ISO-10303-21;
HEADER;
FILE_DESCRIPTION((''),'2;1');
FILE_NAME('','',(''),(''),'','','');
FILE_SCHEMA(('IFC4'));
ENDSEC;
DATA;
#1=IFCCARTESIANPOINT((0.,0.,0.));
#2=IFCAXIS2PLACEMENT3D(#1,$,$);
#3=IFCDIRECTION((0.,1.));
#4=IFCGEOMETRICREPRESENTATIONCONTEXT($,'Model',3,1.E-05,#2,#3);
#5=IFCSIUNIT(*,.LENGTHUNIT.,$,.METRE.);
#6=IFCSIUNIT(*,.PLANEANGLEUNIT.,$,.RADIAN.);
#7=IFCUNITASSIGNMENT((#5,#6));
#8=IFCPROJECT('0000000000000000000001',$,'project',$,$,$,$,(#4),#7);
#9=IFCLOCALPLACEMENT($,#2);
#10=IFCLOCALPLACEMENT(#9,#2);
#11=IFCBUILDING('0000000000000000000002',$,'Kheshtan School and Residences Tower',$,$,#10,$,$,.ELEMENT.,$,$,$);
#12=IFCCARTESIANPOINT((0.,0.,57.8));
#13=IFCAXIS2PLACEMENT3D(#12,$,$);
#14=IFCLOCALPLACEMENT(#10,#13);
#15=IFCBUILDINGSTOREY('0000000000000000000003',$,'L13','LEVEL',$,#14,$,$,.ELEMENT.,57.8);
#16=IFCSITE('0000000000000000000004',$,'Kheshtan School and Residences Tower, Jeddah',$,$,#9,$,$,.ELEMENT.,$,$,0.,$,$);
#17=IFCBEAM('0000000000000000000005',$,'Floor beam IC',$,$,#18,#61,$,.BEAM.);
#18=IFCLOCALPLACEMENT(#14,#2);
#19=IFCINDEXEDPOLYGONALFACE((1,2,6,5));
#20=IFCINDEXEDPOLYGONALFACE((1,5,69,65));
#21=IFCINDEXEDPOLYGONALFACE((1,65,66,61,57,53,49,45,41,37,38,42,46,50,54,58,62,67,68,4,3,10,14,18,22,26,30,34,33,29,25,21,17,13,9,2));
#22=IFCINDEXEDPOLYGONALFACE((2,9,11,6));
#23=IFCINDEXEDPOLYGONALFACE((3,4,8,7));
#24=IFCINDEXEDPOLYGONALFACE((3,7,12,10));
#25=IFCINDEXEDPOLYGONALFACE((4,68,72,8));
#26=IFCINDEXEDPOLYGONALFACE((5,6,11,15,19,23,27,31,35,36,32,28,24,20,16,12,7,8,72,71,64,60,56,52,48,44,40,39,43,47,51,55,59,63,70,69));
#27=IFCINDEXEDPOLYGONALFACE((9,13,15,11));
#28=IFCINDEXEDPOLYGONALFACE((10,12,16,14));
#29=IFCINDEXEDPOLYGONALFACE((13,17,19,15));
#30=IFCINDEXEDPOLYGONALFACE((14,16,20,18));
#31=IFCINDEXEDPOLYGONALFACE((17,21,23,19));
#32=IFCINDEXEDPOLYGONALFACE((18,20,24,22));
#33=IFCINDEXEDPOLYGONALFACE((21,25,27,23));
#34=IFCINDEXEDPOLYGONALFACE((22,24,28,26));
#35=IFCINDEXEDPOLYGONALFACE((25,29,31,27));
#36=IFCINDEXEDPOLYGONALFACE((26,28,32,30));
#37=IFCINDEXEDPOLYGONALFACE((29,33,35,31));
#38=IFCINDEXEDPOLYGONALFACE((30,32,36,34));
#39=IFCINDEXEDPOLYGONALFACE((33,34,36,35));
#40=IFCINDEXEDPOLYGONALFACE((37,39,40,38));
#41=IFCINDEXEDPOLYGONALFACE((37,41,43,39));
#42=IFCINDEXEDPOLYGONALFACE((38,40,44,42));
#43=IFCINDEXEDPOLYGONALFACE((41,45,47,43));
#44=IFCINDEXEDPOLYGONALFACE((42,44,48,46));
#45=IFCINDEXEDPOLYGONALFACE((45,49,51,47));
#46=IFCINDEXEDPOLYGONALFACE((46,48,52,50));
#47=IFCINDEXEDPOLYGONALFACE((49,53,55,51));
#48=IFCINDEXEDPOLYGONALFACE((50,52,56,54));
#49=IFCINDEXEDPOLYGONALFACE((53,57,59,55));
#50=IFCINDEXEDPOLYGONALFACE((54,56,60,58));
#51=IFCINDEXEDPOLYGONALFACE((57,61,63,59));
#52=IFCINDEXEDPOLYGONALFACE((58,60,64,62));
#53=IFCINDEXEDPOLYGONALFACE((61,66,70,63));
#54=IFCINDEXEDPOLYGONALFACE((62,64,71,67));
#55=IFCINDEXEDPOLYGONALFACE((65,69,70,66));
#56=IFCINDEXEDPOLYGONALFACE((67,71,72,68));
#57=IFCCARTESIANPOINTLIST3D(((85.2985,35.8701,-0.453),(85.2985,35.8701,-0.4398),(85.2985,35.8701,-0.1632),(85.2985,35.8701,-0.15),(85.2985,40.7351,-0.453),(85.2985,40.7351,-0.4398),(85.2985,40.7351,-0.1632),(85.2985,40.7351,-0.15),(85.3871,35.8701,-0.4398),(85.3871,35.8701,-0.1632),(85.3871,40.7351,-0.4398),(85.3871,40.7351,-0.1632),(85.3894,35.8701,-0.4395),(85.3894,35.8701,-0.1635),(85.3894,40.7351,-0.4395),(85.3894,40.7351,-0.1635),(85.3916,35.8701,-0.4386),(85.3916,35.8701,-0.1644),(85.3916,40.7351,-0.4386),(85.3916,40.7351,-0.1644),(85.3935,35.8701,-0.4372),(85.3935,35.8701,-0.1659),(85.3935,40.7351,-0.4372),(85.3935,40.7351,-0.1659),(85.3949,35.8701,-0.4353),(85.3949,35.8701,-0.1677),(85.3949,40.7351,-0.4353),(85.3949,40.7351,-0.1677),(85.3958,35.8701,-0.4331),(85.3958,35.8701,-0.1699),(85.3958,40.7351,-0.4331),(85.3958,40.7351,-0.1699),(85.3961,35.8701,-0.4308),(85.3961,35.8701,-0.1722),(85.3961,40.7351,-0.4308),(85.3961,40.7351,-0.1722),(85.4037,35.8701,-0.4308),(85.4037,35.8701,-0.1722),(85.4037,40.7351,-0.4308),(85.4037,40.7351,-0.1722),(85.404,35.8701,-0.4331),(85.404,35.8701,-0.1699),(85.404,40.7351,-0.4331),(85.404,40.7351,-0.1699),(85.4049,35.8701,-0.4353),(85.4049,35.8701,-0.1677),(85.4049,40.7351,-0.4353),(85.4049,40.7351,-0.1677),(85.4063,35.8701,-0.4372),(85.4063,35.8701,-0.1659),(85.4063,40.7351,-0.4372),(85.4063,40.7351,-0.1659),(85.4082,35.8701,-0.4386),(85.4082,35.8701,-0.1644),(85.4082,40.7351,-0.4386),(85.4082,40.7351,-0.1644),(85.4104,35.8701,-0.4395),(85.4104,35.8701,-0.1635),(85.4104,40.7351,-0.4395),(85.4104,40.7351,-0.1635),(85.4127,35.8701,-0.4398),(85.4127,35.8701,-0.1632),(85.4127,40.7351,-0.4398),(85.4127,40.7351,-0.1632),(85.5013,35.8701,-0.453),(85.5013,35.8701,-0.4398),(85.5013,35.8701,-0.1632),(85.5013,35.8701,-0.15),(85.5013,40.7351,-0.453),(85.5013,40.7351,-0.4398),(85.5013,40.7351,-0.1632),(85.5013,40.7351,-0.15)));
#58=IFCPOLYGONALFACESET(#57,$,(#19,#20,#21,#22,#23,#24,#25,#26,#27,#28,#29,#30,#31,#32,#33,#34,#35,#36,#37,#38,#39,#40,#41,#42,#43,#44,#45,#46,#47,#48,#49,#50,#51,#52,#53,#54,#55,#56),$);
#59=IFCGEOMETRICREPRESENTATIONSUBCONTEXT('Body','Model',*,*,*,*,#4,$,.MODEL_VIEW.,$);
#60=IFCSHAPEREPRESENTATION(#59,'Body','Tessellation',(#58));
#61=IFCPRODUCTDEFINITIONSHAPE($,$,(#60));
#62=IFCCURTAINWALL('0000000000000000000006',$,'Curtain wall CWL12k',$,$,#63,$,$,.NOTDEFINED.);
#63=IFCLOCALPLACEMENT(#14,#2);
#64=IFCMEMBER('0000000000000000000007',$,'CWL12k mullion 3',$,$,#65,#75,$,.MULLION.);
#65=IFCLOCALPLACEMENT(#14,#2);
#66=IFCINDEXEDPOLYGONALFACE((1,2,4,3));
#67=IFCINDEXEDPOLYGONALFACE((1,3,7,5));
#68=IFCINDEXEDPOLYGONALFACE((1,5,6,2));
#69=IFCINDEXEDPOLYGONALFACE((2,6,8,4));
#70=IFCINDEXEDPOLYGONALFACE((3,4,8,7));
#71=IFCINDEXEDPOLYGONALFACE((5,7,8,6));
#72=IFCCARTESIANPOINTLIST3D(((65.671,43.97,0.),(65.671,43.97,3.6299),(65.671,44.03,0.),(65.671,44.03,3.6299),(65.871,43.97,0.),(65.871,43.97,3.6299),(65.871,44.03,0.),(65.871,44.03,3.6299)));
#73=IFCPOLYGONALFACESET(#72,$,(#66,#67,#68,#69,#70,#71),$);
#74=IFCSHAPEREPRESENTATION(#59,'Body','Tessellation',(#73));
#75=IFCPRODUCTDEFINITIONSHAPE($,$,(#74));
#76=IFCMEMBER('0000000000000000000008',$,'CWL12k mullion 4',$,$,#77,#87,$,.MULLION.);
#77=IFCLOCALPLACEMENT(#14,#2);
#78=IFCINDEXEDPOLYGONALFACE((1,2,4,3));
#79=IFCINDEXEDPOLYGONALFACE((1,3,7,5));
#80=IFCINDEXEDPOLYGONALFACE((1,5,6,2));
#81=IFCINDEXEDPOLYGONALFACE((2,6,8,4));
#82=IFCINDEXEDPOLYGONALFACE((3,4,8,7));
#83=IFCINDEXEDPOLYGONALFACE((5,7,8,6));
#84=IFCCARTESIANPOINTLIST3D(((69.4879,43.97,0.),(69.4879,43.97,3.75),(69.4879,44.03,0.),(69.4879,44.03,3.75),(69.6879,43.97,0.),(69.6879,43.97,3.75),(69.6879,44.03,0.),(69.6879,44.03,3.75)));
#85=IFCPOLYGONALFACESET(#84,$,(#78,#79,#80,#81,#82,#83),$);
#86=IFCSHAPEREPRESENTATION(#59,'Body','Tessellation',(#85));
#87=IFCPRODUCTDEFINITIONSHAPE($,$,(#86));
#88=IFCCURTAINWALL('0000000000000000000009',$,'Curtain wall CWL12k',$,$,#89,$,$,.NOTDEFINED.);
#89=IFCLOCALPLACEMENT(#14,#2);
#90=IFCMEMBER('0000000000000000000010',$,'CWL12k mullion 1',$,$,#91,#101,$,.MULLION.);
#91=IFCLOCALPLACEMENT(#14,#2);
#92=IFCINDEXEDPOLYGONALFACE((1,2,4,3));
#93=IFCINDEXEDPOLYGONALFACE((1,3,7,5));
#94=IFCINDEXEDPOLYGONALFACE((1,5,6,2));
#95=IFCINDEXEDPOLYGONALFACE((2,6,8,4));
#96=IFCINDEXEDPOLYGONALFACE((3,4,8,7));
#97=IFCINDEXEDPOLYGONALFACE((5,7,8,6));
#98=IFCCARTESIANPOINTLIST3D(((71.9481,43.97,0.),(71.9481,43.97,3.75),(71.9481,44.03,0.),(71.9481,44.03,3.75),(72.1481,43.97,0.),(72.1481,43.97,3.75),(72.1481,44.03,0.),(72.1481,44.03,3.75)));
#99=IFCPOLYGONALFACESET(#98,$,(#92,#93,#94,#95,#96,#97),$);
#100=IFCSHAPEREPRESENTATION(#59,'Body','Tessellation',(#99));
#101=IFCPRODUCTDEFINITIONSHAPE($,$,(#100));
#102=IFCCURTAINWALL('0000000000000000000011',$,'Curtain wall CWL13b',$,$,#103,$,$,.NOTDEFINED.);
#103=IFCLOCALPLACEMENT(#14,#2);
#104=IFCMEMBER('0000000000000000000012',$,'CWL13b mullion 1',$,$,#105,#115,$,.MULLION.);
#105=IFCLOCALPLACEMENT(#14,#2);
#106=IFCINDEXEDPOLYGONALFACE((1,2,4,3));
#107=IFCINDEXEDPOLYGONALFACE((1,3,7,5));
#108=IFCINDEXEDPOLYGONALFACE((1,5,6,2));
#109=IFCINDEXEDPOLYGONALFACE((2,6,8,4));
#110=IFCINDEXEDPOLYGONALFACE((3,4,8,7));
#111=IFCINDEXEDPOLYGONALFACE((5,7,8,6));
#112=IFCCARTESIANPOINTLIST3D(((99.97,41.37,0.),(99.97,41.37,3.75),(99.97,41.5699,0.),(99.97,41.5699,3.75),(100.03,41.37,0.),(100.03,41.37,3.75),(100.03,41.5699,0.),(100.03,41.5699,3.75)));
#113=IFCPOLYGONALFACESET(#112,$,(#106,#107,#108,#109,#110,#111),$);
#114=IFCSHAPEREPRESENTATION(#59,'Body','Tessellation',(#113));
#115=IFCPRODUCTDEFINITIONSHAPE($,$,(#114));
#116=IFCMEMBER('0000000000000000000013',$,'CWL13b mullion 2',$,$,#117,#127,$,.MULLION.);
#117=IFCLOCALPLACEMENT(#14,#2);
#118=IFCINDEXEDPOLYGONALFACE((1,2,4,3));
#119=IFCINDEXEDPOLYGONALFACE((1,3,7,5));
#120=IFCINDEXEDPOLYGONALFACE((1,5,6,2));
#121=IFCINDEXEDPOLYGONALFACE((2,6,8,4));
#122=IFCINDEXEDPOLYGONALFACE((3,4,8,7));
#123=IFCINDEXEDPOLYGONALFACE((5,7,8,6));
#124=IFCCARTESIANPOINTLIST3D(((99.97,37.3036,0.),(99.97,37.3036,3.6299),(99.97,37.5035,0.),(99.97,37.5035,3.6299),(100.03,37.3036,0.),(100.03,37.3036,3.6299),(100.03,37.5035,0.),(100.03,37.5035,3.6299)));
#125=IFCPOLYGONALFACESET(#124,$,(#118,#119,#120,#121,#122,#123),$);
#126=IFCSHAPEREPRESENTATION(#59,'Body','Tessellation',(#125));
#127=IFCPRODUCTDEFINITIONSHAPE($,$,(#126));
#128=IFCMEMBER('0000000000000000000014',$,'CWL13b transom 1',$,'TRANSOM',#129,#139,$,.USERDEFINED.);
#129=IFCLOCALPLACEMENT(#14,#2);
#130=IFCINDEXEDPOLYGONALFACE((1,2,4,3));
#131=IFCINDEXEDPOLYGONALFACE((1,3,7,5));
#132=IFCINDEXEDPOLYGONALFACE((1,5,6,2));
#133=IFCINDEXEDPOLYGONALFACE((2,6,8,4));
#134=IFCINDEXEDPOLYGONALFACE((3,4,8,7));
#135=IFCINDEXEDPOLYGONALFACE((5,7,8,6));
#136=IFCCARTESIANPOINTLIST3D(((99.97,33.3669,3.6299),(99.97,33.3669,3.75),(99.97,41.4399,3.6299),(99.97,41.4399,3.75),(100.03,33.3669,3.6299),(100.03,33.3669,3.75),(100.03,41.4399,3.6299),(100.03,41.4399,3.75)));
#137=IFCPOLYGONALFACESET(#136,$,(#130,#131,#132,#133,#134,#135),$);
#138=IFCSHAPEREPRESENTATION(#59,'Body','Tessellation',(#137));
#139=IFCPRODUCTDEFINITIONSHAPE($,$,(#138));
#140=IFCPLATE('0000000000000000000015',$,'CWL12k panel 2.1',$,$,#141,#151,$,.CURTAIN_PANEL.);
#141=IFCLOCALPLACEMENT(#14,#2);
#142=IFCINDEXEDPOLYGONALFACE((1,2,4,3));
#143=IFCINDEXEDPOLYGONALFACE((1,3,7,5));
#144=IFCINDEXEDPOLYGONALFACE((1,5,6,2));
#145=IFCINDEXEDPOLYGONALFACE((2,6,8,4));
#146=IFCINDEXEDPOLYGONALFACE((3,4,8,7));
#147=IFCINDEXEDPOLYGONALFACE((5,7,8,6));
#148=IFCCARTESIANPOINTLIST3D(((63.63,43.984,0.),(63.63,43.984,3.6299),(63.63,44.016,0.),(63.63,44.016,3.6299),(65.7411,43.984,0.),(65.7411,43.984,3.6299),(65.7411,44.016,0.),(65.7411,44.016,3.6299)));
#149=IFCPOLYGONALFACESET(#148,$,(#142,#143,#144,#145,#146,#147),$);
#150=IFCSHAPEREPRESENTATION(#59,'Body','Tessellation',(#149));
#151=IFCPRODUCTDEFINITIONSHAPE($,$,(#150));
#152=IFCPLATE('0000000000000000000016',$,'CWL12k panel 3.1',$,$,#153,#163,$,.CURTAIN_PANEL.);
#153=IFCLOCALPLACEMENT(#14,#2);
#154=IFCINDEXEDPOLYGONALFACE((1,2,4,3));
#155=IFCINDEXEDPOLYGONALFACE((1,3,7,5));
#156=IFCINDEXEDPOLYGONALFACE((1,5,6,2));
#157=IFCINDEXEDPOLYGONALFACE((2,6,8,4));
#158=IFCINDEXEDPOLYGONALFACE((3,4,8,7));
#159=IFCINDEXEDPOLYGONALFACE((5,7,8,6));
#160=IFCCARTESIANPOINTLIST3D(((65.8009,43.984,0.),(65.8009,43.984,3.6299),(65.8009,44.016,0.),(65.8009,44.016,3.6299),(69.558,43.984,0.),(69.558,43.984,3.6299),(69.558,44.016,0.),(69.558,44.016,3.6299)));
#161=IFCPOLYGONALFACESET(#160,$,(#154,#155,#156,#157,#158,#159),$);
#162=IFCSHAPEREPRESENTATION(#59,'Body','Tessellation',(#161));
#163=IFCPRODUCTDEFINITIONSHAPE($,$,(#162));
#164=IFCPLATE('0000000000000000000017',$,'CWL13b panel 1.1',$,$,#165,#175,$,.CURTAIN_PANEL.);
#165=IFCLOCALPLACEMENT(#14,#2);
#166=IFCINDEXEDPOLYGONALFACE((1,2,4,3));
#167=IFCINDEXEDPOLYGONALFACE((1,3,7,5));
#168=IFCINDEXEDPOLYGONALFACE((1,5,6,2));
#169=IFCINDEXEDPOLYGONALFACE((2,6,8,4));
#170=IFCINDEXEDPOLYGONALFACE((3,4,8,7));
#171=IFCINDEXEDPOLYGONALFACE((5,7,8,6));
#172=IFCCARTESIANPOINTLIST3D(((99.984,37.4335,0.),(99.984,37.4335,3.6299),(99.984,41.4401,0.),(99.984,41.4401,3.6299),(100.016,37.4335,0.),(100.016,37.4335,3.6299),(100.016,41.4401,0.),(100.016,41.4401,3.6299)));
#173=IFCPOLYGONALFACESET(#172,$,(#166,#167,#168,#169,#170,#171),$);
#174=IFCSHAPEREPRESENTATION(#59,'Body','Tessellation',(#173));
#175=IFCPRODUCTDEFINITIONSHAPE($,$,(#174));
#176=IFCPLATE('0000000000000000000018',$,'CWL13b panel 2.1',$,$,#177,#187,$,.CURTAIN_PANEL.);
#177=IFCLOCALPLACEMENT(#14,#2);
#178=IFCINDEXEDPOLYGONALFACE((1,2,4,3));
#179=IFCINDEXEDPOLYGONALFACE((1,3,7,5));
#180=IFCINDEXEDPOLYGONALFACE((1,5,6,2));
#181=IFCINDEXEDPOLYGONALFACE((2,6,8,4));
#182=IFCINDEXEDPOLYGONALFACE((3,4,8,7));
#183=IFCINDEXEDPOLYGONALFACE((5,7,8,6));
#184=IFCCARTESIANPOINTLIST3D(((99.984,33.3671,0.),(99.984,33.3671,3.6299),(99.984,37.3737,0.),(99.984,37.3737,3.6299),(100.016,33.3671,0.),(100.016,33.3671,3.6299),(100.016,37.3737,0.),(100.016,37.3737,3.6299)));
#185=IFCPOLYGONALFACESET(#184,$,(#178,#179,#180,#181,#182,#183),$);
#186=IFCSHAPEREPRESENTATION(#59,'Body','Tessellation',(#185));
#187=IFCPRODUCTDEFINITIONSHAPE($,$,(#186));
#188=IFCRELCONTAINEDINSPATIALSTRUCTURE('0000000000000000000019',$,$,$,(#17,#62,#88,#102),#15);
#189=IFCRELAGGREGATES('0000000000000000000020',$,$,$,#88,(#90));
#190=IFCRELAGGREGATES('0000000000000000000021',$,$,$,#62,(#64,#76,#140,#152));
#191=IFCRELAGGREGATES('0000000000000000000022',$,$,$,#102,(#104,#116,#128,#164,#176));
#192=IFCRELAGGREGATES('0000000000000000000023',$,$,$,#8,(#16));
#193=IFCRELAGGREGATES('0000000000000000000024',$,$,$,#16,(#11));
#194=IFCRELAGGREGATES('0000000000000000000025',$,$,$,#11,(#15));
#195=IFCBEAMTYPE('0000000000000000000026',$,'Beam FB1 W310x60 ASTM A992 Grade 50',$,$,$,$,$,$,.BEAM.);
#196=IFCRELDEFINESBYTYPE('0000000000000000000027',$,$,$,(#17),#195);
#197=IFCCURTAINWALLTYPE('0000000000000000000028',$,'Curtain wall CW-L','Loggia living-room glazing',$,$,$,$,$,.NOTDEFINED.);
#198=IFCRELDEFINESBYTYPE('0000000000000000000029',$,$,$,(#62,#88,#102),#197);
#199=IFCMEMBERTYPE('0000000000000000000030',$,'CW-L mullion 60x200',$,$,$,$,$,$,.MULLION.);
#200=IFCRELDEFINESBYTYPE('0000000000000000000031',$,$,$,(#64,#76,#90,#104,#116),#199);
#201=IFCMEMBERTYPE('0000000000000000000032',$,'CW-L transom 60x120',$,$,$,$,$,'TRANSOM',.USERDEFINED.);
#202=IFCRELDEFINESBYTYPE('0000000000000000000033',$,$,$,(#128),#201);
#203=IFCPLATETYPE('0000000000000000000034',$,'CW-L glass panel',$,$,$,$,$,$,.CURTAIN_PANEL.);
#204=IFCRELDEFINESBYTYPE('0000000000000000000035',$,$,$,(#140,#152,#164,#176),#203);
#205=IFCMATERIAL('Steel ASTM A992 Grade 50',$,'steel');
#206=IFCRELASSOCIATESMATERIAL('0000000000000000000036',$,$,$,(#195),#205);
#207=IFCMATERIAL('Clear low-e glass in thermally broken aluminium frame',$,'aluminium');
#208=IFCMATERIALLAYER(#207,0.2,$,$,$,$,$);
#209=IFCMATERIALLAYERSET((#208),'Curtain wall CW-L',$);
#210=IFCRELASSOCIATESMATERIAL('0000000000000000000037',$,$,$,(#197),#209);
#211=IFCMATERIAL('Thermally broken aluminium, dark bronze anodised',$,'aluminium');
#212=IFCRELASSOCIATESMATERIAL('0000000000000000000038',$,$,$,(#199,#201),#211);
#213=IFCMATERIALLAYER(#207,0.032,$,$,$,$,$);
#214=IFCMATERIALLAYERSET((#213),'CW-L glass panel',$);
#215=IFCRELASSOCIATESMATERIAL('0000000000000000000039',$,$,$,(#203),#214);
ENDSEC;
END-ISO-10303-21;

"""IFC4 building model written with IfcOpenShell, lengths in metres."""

from ifc_helpers import new_model, si_unit, direction, frame, origin, origin_2d, place, context, subcontext, project, spatial, rectangle, i_section, extrude, material, layer, layer_set, material_profile, profile_set, type_object, element, aggregate, save


model = new_model("IFC4")

# Units and contexts
model_context = context("Model", 3, precision=1e-05, world=origin(), true_north=direction((0.0, 1.0)))
body_context = subcontext(model_context, "Body", "Model", "MODEL_VIEW")
ifc_project = project(units=[si_unit("LENGTHUNIT", "METRE"), si_unit("PLANEANGLEUNIT", "RADIAN")], contexts=[model_context])

# Site, building, storey
site_placement = place(None, origin())
site = spatial("IfcSite", under=ifc_project, at=site_placement, Name="Kheshtan School and Residences Tower, Jeddah", CompositionType="ELEMENT", RefElevation=0.0)
building_placement = place(site_placement, origin())
building = spatial("IfcBuilding", under=site, at=building_placement, Name="Kheshtan School and Residences Tower", CompositionType="ELEMENT")
storey_placement = place(building_placement, frame((0.0, 0.0, 57.8)))
storey = spatial("IfcBuildingStorey", under=building, at=storey_placement, Name="L13", Description="LEVEL", CompositionType="ELEMENT", Elevation=57.8)

# Beam
ifc_material_1 = material(Name="Steel ASTM A992 Grade 50", Category="steel")
ifc_material_profile_1 = material_profile(ifc_material_1, i_section(OverallWidth=0.2029, OverallDepth=0.303, WebThickness=0.0076, FlangeThickness=0.0132, FilletRadius=0.009, at=origin_2d()), Name="W310x60")
ifc_profile_set_1 = profile_set([ifc_material_profile_1], Name="Steel ASTM A992 Grade 50")
beam_type = type_object("IfcBeamType", Name="Beam FB1 W310x60 ASTM A992 Grade 50", PredefinedType="BEAM", material=ifc_profile_set_1)
beam_placement = place(storey_placement, frame((85.3999, 40.7351, -0.3015), z_axis=(0.0, -1.0, 0.0), x_axis=(1.0, 0.0, 0.0)))
element("IfcBeam", 1, at=beam_placement, inside=storey, type_object=beam_type, Name="Floor beam IC", PredefinedType="BEAM", context=body_context, shape_type="SweptSolid", body=[
    extrude(i_section(OverallWidth=0.2029, OverallDepth=0.303, WebThickness=0.0076, FlangeThickness=0.0132, FilletRadius=0.009, at=origin_2d()), origin(), (0.0, 0.0, 1.0), 4.865),
])

# Curtain wall, members
ifc_material_2 = material(Name="Clear low-e glass in thermally broken aluminium frame", Category="aluminium")
ifc_layer_1 = layer(ifc_material_2, 0.2)
ifc_layer_set_1 = layer_set([ifc_layer_1], Name="Curtain wall CW-L")
curtain_wall_type = type_object("IfcCurtainWallType", Name="Curtain wall CW-L", Description="Loggia living-room glazing", PredefinedType="NOTDEFINED", material=ifc_layer_set_1)
curtain_wall_1_placement = place(storey_placement, origin())
curtain_wall_1 = element("IfcCurtainWall", 2, at=curtain_wall_1_placement, inside=storey, type_object=curtain_wall_type, Name="Curtain wall CWL12k", PredefinedType="NOTDEFINED")
ifc_material_3 = material(Name="Thermally broken aluminium, dark bronze anodised", Category="aluminium")
ifc_material_profile_2 = material_profile(ifc_material_3, rectangle(XDim=0.0601, YDim=0.2, at=origin_2d()), Name="CW-L mullion 60x200")
ifc_profile_set_2 = profile_set([ifc_material_profile_2], Name="Thermally broken aluminium, dark bronze anodised")
member_type_1 = type_object("IfcMemberType", Name="CW-L mullion 60x200", PredefinedType="MULLION", material=ifc_profile_set_2)
member_1_placement = place(storey_placement, frame((65.771, 44.0, 0.0), z_axis=(0.0, 0.0, 1.0), x_axis=(0.0, 1.0, 0.0)))
member_1 = element("IfcMember", 3, at=member_1_placement, type_object=member_type_1, Name="CWL12k mullion 3", PredefinedType="MULLION", context=body_context, shape_type="SweptSolid", body=[
    extrude(rectangle(XDim=0.0601, YDim=0.2, at=origin_2d()), origin(), (0.0, 0.0, 1.0), 3.6299),
])
member_2_placement = place(storey_placement, frame((69.5879, 44.0, 0.0), z_axis=(0.0, 0.0, 1.0), x_axis=(0.0, 1.0, 0.0)))
member_2 = element("IfcMember", 4, at=member_2_placement, type_object=member_type_1, Name="CWL12k mullion 4", PredefinedType="MULLION", context=body_context, shape_type="SweptSolid", body=[
    extrude(rectangle(XDim=0.0601, YDim=0.2, at=origin_2d()), origin(), (0.0, 0.0, 1.0), 3.75),
])

# Curtain wall, member
curtain_wall_2_placement = place(storey_placement, origin())
curtain_wall_2 = element("IfcCurtainWall", 5, at=curtain_wall_2_placement, inside=storey, type_object=curtain_wall_type, Name="Curtain wall CWL12k", PredefinedType="NOTDEFINED")
member_3_placement = place(storey_placement, frame((72.0481, 44.0, 0.0), z_axis=(0.0, 0.0, 1.0), x_axis=(0.0, 1.0, 0.0)))
member_3 = element("IfcMember", 6, at=member_3_placement, type_object=member_type_1, Name="CWL12k mullion 1", PredefinedType="MULLION", context=body_context, shape_type="SweptSolid", body=[
    extrude(rectangle(XDim=0.0601, YDim=0.2, at=origin_2d()), origin(), (0.0, 0.0, 1.0), 3.75),
])
aggregate(curtain_wall_2, [member_3])

# Curtain wall, members
curtain_wall_3_placement = place(storey_placement, origin())
curtain_wall_3 = element("IfcCurtainWall", 7, at=curtain_wall_3_placement, inside=storey, type_object=curtain_wall_type, Name="Curtain wall CWL13b", PredefinedType="NOTDEFINED")
member_4_placement = place(storey_placement, frame((100.0, 41.47, 0.0), z_axis=(0.0, 0.0, 1.0), x_axis=(1.0, 0.0, 0.0)))
member_4 = element("IfcMember", 8, at=member_4_placement, type_object=member_type_1, Name="CWL13b mullion 1", PredefinedType="MULLION", context=body_context, shape_type="SweptSolid", body=[
    extrude(rectangle(XDim=0.0601, YDim=0.2, at=origin_2d()), origin(), (0.0, 0.0, 1.0), 3.75),
])
member_5_placement = place(storey_placement, frame((100.0, 37.4036, 0.0), z_axis=(0.0, 0.0, 1.0), x_axis=(1.0, 0.0, 0.0)))
member_5 = element("IfcMember", 9, at=member_5_placement, type_object=member_type_1, Name="CWL13b mullion 2", PredefinedType="MULLION", context=body_context, shape_type="SweptSolid", body=[
    extrude(rectangle(XDim=0.0601, YDim=0.2, at=origin_2d()), origin(), (0.0, 0.0, 1.0), 3.6299),
])
ifc_material_profile_3 = material_profile(ifc_material_3, rectangle(XDim=0.0601, YDim=0.1201, at=origin_2d()), Name="CW-L transom 60x120")
ifc_profile_set_3 = profile_set([ifc_material_profile_3], Name="Thermally broken aluminium, dark bronze anodised")
member_type_2 = type_object("IfcMemberType", Name="CW-L transom 60x120", ElementType="TRANSOM", PredefinedType="USERDEFINED", material=ifc_profile_set_3)
member_6_placement = place(storey_placement, frame((100.0, 41.4399, 3.6899), z_axis=(0.0, -1.0, 0.0), x_axis=(1.0, 0.0, 0.0)))
member_6 = element("IfcMember", 10, at=member_6_placement, type_object=member_type_2, Name="CWL13b transom 1", ObjectType="TRANSOM", PredefinedType="USERDEFINED", context=body_context, shape_type="SweptSolid", body=[
    extrude(rectangle(XDim=0.0601, YDim=0.1201, at=origin_2d()), origin(), (0.0, 0.0, 1.0), 8.073),
])

# Plates
ifc_layer_2 = layer(ifc_material_2, 0.032)
ifc_layer_set_2 = layer_set([ifc_layer_2], Name="CW-L glass panel")
plate_type = type_object("IfcPlateType", Name="CW-L glass panel", PredefinedType="CURTAIN_PANEL", material=ifc_layer_set_2)
plate_1_placement = place(storey_placement, frame((64.6855, 44.0, 0.0), z_axis=(0.0, 0.0, 1.0), x_axis=(1.0, 0.0, 0.0)))
plate_1 = element("IfcPlate", 11, at=plate_1_placement, type_object=plate_type, Name="CWL12k panel 2.1", PredefinedType="CURTAIN_PANEL", context=body_context, shape_type="SweptSolid", body=[
    extrude(rectangle(XDim=2.1111, YDim=0.032, at=origin_2d()), origin(), (0.0, 0.0, 1.0), 3.6299),
])
plate_2_placement = place(storey_placement, frame((67.6794, 44.0, 0.0), z_axis=(0.0, 0.0, 1.0), x_axis=(1.0, 0.0, 0.0)))
plate_2 = element("IfcPlate", 12, at=plate_2_placement, type_object=plate_type, Name="CWL12k panel 3.1", PredefinedType="CURTAIN_PANEL", context=body_context, shape_type="SweptSolid", body=[
    extrude(rectangle(XDim=3.7571, YDim=0.032, at=origin_2d()), origin(), (0.0, 0.0, 1.0), 3.6299),
])
aggregate(curtain_wall_1, [member_1, member_2, plate_1, plate_2])
plate_3_placement = place(storey_placement, frame((100.0, 39.4368, 0.0), z_axis=(0.0, 0.0, 1.0), x_axis=(0.0, -1.0, 0.0)))
plate_3 = element("IfcPlate", 13, at=plate_3_placement, type_object=plate_type, Name="CWL13b panel 1.1", PredefinedType="CURTAIN_PANEL", context=body_context, shape_type="SweptSolid", body=[
    extrude(rectangle(XDim=4.0066, YDim=0.032, at=origin_2d()), origin(), (0.0, 0.0, 1.0), 3.6299),
])
plate_4_placement = place(storey_placement, frame((100.0, 35.3704, 0.0), z_axis=(0.0, 0.0, 1.0), x_axis=(0.0, -1.0, 0.0)))
plate_4 = element("IfcPlate", 14, at=plate_4_placement, type_object=plate_type, Name="CWL13b panel 2.1", PredefinedType="CURTAIN_PANEL", context=body_context, shape_type="SweptSolid", body=[
    extrude(rectangle(XDim=4.0066, YDim=0.032, at=origin_2d()), origin(), (0.0, 0.0, 1.0), 3.6299),
])
aggregate(curtain_wall_3, [member_4, member_5, member_6, plate_3, plate_4])

save(model, "model.ifc")
